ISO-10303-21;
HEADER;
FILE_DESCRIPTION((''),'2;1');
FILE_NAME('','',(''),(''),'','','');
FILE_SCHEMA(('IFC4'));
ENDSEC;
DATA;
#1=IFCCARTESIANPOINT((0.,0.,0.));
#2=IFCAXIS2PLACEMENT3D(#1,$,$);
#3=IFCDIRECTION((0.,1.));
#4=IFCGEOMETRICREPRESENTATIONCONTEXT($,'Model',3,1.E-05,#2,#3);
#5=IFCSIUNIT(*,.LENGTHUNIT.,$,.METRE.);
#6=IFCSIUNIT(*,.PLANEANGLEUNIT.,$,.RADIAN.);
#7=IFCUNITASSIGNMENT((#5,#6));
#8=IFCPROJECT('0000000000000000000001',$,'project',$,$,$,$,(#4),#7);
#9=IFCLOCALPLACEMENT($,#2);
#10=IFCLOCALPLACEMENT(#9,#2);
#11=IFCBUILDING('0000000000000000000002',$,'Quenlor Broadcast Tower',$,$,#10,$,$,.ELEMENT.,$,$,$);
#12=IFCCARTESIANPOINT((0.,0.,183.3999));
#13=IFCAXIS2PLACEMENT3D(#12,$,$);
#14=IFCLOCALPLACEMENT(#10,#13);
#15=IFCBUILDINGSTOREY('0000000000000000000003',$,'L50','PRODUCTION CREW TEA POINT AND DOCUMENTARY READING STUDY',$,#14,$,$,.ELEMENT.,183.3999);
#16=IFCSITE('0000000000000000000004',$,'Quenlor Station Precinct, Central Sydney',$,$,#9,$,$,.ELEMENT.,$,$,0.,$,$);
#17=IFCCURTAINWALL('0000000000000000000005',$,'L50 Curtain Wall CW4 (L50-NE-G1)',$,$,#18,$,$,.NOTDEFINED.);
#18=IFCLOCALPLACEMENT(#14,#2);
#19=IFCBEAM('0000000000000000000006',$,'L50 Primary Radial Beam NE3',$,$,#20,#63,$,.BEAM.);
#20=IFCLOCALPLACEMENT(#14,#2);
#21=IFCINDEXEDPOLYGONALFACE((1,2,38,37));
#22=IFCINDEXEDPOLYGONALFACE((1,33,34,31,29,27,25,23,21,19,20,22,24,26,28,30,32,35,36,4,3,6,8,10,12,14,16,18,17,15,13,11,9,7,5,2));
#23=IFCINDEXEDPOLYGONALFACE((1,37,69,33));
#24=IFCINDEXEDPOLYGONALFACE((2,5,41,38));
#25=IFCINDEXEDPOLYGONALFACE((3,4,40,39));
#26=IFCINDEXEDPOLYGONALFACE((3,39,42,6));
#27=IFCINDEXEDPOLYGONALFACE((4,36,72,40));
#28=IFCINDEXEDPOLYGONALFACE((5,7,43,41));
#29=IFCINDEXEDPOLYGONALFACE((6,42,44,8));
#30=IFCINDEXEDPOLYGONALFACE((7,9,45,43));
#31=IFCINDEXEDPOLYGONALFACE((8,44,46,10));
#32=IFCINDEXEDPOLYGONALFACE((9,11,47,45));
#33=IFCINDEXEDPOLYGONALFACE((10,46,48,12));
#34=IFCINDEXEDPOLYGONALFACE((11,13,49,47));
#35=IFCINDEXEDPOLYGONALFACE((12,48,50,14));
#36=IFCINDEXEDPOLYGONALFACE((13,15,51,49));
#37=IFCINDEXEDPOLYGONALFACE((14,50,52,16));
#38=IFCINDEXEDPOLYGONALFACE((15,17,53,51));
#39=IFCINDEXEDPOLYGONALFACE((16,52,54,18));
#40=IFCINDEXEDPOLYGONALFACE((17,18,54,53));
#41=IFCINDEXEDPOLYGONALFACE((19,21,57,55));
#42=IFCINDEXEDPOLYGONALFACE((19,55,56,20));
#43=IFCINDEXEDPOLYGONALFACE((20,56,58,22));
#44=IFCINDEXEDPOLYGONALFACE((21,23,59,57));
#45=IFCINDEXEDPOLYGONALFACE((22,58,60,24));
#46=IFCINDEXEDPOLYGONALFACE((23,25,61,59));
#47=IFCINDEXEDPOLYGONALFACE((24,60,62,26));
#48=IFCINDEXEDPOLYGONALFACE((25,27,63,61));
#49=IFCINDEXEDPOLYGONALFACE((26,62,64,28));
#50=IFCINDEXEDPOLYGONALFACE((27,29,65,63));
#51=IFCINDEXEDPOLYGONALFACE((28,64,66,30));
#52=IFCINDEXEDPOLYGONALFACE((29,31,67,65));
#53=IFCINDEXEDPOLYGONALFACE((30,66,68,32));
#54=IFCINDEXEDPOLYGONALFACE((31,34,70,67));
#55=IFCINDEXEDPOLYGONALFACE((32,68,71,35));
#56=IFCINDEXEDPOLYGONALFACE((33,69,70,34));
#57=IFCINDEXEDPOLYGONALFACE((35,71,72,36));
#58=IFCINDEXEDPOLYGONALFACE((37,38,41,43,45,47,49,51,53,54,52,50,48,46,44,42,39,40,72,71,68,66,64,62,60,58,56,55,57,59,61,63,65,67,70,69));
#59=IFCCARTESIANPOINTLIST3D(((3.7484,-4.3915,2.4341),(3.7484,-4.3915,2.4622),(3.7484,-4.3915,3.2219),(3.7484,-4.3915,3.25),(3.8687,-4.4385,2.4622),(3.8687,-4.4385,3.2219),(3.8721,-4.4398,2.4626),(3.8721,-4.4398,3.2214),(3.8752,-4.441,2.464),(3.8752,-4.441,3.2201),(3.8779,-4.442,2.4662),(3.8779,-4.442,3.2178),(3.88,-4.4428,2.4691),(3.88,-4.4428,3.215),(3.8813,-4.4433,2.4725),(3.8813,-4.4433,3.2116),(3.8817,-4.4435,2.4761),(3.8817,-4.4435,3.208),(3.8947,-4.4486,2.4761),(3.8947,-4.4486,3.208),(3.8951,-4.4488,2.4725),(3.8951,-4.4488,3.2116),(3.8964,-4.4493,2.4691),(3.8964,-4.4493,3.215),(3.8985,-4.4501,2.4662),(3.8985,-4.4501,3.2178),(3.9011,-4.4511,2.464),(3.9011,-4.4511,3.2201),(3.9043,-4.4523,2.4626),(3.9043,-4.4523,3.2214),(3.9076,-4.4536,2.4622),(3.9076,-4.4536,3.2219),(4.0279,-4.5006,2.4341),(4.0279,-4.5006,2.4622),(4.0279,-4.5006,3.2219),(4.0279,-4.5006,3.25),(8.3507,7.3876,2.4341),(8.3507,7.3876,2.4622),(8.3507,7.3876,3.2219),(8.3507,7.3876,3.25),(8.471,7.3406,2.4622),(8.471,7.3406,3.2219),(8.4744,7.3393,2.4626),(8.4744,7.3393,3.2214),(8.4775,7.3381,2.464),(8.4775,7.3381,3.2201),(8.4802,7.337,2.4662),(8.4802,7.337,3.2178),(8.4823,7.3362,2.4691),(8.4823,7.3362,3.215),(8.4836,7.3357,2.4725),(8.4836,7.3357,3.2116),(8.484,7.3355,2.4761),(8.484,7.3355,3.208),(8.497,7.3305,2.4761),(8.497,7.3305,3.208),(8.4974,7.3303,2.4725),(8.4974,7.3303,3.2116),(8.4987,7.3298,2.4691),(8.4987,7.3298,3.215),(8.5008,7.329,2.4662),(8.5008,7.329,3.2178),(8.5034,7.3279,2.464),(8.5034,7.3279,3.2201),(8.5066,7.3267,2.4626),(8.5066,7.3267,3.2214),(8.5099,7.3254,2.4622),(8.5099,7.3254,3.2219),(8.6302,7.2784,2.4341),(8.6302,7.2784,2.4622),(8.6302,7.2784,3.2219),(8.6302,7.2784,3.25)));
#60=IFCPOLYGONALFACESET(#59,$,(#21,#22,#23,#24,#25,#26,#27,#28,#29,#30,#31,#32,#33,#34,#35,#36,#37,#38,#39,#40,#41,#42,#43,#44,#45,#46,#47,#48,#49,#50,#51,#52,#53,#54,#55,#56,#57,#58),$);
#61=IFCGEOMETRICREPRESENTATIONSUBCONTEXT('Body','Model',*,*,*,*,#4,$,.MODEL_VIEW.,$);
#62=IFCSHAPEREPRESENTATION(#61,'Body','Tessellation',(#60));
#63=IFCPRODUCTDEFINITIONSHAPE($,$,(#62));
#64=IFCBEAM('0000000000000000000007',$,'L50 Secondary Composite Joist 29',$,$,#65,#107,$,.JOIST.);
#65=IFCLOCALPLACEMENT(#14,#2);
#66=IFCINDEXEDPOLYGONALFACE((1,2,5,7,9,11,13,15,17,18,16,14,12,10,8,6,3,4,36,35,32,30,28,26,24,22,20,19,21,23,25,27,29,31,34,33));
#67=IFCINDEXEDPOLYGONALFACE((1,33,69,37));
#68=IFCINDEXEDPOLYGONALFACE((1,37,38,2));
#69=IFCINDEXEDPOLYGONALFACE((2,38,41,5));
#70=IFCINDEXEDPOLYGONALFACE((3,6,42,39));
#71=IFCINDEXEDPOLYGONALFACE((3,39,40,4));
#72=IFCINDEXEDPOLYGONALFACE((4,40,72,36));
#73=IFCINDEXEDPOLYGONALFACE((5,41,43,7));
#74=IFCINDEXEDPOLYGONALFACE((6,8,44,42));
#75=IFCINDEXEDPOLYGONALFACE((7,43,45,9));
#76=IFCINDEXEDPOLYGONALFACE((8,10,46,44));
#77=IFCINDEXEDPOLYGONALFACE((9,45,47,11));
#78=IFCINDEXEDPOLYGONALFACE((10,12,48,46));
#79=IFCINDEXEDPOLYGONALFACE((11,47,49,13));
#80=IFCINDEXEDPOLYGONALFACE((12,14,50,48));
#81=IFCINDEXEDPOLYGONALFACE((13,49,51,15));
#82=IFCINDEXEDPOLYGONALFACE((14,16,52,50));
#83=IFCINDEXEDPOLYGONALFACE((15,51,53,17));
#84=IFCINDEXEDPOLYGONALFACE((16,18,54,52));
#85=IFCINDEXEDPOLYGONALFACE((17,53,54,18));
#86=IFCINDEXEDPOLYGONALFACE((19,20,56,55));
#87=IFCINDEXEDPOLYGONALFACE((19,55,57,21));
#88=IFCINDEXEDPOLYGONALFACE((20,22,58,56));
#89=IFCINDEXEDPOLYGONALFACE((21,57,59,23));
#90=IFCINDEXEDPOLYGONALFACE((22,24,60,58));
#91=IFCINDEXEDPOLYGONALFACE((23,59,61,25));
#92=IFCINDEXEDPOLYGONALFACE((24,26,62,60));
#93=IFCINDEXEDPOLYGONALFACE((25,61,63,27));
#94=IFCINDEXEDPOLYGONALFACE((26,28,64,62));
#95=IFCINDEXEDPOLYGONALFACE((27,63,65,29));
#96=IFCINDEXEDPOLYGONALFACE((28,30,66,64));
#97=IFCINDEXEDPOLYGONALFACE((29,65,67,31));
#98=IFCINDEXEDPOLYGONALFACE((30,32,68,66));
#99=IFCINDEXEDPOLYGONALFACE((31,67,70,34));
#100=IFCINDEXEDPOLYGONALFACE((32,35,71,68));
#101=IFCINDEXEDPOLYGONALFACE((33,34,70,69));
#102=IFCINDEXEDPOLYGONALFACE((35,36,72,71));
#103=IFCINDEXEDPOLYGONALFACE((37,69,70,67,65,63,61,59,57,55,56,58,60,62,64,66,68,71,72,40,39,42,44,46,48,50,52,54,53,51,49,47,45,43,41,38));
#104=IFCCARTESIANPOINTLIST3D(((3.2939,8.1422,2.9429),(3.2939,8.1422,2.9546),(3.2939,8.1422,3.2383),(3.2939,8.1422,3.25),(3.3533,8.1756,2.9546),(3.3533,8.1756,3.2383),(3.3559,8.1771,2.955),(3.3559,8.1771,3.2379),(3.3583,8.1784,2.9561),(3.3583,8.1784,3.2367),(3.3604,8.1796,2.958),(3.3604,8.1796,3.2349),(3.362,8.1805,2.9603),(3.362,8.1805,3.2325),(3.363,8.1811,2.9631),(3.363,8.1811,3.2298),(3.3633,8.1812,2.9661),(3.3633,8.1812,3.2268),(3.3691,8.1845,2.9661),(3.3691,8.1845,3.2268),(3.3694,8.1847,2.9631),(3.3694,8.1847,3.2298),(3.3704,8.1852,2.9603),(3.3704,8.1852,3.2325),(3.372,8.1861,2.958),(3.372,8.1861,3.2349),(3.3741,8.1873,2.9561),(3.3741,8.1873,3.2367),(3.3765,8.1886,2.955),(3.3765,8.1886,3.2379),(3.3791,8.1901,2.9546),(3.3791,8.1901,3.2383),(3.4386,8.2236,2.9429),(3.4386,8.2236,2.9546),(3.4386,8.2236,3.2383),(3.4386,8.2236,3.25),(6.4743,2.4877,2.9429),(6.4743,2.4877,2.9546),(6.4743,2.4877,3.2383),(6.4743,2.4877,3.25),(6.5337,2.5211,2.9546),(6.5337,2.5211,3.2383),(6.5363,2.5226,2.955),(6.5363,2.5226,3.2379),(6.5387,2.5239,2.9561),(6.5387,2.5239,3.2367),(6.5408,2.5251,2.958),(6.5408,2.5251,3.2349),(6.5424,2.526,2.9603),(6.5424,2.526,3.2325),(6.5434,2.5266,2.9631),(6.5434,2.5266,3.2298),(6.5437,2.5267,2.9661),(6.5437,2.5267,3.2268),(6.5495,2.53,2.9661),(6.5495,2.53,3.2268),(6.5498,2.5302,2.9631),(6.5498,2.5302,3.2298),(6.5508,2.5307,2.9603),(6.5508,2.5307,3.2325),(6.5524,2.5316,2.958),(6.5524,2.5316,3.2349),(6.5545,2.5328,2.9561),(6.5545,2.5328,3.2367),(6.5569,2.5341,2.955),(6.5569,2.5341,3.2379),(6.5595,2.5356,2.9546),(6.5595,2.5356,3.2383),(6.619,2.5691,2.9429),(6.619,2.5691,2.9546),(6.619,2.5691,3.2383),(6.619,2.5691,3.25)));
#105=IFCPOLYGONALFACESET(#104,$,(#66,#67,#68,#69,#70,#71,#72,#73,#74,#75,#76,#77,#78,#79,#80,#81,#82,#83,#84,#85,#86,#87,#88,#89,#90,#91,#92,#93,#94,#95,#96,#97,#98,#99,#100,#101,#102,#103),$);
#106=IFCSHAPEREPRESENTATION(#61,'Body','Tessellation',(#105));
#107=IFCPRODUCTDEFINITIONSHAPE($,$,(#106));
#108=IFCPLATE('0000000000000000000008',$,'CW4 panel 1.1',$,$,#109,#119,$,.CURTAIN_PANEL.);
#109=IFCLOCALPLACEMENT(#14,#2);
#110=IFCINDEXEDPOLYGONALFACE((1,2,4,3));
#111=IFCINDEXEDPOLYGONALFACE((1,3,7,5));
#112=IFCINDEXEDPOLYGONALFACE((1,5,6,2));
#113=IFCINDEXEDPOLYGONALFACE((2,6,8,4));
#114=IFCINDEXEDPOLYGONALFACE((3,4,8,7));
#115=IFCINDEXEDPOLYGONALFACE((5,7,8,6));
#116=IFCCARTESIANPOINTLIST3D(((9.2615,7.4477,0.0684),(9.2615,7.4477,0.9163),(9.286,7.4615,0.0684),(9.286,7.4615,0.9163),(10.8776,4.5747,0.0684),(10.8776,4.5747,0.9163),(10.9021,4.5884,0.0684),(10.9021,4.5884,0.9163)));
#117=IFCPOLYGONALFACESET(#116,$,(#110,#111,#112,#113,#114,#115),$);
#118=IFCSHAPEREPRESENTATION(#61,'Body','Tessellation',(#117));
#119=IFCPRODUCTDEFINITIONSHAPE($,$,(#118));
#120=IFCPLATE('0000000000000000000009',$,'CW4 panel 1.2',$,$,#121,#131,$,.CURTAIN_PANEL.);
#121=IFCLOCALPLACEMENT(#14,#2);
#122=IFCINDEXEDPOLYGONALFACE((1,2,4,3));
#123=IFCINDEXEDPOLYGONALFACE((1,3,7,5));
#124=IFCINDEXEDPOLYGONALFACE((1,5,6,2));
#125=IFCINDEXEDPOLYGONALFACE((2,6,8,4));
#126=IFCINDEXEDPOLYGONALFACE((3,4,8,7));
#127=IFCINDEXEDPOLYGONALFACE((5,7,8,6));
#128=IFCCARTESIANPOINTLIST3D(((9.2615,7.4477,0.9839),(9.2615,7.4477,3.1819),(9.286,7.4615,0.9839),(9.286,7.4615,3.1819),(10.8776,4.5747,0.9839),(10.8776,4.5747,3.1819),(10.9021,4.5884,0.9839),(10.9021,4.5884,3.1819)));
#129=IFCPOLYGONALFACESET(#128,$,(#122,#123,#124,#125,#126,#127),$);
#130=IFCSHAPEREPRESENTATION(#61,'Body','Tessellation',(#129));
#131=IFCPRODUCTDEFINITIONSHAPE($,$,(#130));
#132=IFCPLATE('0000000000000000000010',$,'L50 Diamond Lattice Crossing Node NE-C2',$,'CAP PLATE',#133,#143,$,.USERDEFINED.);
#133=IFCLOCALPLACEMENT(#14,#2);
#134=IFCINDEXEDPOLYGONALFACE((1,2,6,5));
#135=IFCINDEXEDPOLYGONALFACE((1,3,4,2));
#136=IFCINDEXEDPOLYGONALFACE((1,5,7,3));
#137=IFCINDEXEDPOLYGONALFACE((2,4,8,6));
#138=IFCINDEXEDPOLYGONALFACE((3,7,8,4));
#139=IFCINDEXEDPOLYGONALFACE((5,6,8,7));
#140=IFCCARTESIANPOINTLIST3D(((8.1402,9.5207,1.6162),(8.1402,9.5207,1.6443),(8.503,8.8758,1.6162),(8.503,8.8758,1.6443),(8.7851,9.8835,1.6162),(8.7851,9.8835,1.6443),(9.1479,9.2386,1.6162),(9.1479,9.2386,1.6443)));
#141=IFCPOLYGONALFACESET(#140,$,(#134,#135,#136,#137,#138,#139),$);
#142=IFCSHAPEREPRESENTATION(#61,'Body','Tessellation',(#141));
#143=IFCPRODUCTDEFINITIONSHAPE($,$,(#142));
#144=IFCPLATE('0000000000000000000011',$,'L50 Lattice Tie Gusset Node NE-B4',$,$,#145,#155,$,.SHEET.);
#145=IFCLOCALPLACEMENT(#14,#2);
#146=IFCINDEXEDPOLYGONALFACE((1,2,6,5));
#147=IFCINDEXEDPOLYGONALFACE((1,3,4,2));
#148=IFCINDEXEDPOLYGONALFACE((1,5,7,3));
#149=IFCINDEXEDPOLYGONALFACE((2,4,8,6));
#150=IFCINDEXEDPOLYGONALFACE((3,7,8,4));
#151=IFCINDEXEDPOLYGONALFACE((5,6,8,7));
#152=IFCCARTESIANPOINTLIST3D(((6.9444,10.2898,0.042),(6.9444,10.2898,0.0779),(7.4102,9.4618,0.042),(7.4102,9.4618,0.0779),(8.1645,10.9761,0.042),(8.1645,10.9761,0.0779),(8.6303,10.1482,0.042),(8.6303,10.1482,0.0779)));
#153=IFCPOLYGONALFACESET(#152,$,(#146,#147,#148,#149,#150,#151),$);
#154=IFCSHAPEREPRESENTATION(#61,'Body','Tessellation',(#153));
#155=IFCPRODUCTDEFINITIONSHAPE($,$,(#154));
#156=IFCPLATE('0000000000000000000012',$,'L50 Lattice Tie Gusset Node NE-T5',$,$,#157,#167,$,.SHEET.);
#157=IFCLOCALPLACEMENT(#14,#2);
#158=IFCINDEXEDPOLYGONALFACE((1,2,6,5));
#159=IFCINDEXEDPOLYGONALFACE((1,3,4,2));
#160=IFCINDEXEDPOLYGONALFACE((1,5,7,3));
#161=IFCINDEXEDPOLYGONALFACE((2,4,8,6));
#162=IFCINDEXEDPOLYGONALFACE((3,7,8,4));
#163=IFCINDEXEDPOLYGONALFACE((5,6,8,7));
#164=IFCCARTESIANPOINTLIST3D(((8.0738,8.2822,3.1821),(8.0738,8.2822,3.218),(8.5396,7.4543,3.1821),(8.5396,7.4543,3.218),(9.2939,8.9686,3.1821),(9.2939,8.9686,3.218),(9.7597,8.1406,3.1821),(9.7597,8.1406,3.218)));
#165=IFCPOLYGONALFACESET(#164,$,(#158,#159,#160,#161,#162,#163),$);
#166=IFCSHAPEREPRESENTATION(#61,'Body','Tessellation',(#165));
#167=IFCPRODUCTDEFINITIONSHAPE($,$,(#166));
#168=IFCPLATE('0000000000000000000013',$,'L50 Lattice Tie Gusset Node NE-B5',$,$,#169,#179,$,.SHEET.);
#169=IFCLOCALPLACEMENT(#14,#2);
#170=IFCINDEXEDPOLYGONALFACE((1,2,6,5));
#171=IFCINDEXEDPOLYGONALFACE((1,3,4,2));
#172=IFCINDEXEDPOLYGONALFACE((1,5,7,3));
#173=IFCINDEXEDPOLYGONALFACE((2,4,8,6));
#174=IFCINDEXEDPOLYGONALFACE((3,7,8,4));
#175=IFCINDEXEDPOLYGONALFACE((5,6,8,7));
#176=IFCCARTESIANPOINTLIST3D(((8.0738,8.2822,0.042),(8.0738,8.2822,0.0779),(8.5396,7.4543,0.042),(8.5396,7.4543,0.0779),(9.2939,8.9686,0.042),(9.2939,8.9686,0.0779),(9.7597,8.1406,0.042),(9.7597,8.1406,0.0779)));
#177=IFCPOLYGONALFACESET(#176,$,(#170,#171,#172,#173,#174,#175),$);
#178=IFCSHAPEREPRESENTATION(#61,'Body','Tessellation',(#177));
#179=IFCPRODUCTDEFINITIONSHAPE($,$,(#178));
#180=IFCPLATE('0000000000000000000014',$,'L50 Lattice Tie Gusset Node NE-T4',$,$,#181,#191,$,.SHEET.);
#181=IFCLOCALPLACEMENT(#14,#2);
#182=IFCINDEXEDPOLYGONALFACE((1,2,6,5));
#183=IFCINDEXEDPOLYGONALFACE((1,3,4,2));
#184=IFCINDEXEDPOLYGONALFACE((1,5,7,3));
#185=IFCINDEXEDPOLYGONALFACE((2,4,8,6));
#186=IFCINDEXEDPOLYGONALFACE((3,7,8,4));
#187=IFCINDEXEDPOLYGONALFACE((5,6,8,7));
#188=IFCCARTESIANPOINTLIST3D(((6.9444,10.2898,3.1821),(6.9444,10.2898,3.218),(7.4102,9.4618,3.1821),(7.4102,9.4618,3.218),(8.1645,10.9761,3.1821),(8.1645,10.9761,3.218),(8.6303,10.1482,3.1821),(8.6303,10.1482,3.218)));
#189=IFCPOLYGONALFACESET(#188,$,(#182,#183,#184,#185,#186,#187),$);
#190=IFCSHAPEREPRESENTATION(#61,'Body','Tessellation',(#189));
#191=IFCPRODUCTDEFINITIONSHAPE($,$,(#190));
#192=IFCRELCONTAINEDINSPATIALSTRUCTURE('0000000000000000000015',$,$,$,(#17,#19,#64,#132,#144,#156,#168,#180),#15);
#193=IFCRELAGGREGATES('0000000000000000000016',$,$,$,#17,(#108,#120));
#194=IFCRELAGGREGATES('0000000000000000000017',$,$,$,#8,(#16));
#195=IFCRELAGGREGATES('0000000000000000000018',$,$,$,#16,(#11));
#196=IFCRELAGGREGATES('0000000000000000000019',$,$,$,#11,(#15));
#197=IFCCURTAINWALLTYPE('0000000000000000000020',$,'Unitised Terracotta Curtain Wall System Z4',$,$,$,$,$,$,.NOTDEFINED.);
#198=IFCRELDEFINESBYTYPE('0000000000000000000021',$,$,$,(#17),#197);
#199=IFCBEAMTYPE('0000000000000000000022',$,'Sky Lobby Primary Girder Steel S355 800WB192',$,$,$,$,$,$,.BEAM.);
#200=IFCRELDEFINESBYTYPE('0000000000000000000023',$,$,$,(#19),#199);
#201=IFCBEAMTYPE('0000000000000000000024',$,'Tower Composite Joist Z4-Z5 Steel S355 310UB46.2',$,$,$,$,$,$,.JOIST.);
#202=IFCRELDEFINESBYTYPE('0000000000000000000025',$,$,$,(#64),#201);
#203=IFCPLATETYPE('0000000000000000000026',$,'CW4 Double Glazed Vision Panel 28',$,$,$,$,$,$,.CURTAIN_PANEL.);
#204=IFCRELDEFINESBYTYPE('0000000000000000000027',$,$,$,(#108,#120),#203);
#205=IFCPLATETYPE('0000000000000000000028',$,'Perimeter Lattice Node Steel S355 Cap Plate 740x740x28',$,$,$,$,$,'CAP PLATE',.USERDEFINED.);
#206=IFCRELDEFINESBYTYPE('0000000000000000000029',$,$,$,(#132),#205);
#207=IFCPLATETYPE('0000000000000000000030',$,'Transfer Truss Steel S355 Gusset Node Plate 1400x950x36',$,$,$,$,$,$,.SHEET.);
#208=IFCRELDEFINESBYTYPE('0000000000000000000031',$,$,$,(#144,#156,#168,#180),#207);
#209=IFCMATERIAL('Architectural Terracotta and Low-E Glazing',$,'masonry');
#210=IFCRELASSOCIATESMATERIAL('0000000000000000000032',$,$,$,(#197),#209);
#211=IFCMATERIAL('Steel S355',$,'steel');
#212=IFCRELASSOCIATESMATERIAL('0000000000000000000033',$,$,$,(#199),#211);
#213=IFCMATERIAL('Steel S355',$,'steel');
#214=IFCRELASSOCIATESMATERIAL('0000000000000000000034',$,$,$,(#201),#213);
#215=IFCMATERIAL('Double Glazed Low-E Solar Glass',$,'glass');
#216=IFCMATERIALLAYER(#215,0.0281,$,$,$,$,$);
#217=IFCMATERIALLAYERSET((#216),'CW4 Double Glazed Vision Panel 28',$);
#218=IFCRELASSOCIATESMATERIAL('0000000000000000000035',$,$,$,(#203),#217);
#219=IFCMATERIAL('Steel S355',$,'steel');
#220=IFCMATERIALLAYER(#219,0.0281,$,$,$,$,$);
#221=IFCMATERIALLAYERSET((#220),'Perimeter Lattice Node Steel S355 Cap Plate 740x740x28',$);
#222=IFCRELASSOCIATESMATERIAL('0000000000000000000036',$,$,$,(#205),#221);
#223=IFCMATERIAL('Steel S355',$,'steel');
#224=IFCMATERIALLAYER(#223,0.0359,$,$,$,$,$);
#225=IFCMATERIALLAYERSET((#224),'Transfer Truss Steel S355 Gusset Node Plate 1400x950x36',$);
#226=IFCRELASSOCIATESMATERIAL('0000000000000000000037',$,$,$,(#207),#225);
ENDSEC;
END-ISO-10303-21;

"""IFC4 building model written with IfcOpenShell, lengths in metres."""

from ifc_helpers import new_model, si_unit, direction, frame, origin, origin_2d, place, context, subcontext, project, spatial, rectangle, i_section, extrude, material, layer, layer_set, material_profile, profile_set, type_object, element, aggregate, save


model = new_model("IFC4")

# Units and contexts
model_context = context("Model", 3, precision=1e-05, world=origin(), true_north=direction((0.0, 1.0)))
body_context = subcontext(model_context, "Body", "Model", "MODEL_VIEW")
ifc_project = project(units=[si_unit("LENGTHUNIT", "METRE"), si_unit("PLANEANGLEUNIT", "RADIAN")], contexts=[model_context])

# Site, building, storey
site_placement = place(None, origin())
site = spatial("IfcSite", under=ifc_project, at=site_placement, Name="Quenlor Station Precinct, Central Sydney", CompositionType="ELEMENT", RefElevation=0.0)
building_placement = place(site_placement, origin())
building = spatial("IfcBuilding", under=site, at=building_placement, Name="Quenlor Broadcast Tower", CompositionType="ELEMENT")
storey_placement = place(building_placement, frame((0.0, 0.0, 183.3999)))
storey = spatial("IfcBuildingStorey", under=building, at=storey_placement, Name="L50", Description="PRODUCTION CREW TEA POINT AND DOCUMENTARY READING STUDY", CompositionType="ELEMENT", Elevation=183.3999)

# Shared definitions
ifc_material_1 = material(Name="Architectural Terracotta and Low-E Glazing", Category="masonry")
curtain_wall_type = type_object("IfcCurtainWallType", Name="Unitised Terracotta Curtain Wall System Z4", PredefinedType="NOTDEFINED", material=ifc_material_1)

# Curtain wall
curtain_wall_1_placement = place(storey_placement, origin())
curtain_wall_1 = element("IfcCurtainWall", 1, at=curtain_wall_1_placement, inside=storey, type_object=curtain_wall_type, Name="L50 Curtain Wall CW4 (L50-NE-G1)", PredefinedType="NOTDEFINED")

# Beams
ifc_material_2 = material(Name="Steel S355", Category="steel")
ifc_material_profile_1 = material_profile(ifc_material_2, i_section(OverallWidth=0.3, OverallDepth=0.8159, WebThickness=0.0139, FlangeThickness=0.0281, FilletRadius=0.0139, at=origin_2d()))
ifc_profile_set_1 = profile_set([ifc_material_profile_1], Name="Steel S355 800WB192")
beam_type_1 = type_object("IfcBeamType", Name="Sky Lobby Primary Girder Steel S355 800WB192", PredefinedType="BEAM", material=ifc_profile_set_1)
beam_1_placement = place(storey_placement, frame((8.4905, 7.333, 2.842), z_axis=(-0.363926, -0.931428, 0.0), x_axis=(0.931428, -0.363926, 0.0)))
element("IfcBeam", 2, at=beam_1_placement, inside=storey, type_object=beam_type_1, Name="L50 Primary Radial Beam NE3", PredefinedType="BEAM", context=body_context, shape_type="SweptSolid", body=[
    extrude(i_section(OverallWidth=0.3, OverallDepth=0.8159, WebThickness=0.0139, FlangeThickness=0.0281, FilletRadius=0.0139, at=origin_2d()), origin(), (0.0, 0.0, 1.0), 12.6462),
])
ifc_material_3 = material(Name="Steel S355", Category="steel")
ifc_material_profile_2 = material_profile(ifc_material_3, i_section(OverallWidth=0.166, OverallDepth=0.3071, WebThickness=0.0066, FlangeThickness=0.0117, FilletRadius=0.0115, at=origin_2d()))
ifc_profile_set_2 = profile_set([ifc_material_profile_2], Name="Steel S355 310UB46.2")
beam_type_2 = type_object("IfcBeamType", Name="Tower Composite Joist Z4-Z5 Steel S355 310UB46.2", PredefinedType="JOIST", material=ifc_profile_set_2)
beam_2_placement = place(storey_placement, frame((3.3662, 8.1829, 3.0964), z_axis=(0.490231, -0.871593, 0.0), x_axis=(0.871593, 0.490231, 0.0)))
element("IfcBeam", 3, at=beam_2_placement, inside=storey, type_object=beam_type_2, Name="L50 Secondary Composite Joist 29", PredefinedType="JOIST", context=body_context, shape_type="SweptSolid", body=[
    extrude(i_section(OverallWidth=0.166, OverallDepth=0.3071, WebThickness=0.0066, FlangeThickness=0.0117, FilletRadius=0.0115, at=origin_2d()), origin(), (0.0, 0.0, 1.0), 6.4875),
])

# Plates
ifc_material_4 = material(Name="Double Glazed Low-E Solar Glass", Category="glass")
ifc_layer_1 = layer(ifc_material_4, 0.0281)
ifc_layer_set_1 = layer_set([ifc_layer_1], Name="CW4 Double Glazed Vision Panel 28")
plate_type_1 = type_object("IfcPlateType", Name="CW4 Double Glazed Vision Panel 28", PredefinedType="CURTAIN_PANEL", material=ifc_layer_set_1)
plate_1_placement = place(storey_placement, frame((10.0818, 6.0181, 0.0684), z_axis=(0.0, 0.0, 1.0), x_axis=(0.490257, -0.871578, 0.0)))
plate_1 = element("IfcPlate", 4, at=plate_1_placement, type_object=plate_type_1, Name="CW4 panel 1.1", PredefinedType="CURTAIN_PANEL", context=body_context, shape_type="SweptSolid", body=[
    extrude(rectangle(XDim=3.2964, YDim=0.0281, at=origin_2d()), origin(), (0.0, 0.0, 1.0), 0.8479),
])
plate_2_placement = place(storey_placement, frame((10.0818, 6.0181, 0.9839), z_axis=(0.0, 0.0, 1.0), x_axis=(0.490257, -0.871578, 0.0)))
plate_2 = element("IfcPlate", 5, at=plate_2_placement, type_object=plate_type_1, Name="CW4 panel 1.2", PredefinedType="CURTAIN_PANEL", context=body_context, shape_type="SweptSolid", body=[
    extrude(rectangle(XDim=3.2964, YDim=0.0281, at=origin_2d()), origin(), (0.0, 0.0, 1.0), 2.198),
])
aggregate(curtain_wall_1, [plate_1, plate_2])

# Plates
ifc_material_5 = material(Name="Steel S355", Category="steel")
ifc_layer_2 = layer(ifc_material_5, 0.0281)
ifc_layer_set_2 = layer_set([ifc_layer_2], Name="Perimeter Lattice Node Steel S355 Cap Plate 740x740x28")
plate_type_2 = type_object("IfcPlateType", Name="Perimeter Lattice Node Steel S355 Cap Plate 740x740x28", ElementType="CAP PLATE", PredefinedType="USERDEFINED", material=ifc_layer_set_2)
plate_3_placement = place(storey_placement, frame((8.644, 9.3796, 1.6162), z_axis=(0.0, 0.0, 1.0), x_axis=(0.490295, -0.871556, 0.0)))
element("IfcPlate", 6, at=plate_3_placement, inside=storey, type_object=plate_type_2, Name="L50 Diamond Lattice Crossing Node NE-C2", ObjectType="CAP PLATE", PredefinedType="USERDEFINED", context=body_context, shape_type="SweptSolid", body=[
    extrude(rectangle(XDim=0.74, YDim=0.74, at=origin_2d()), origin(), (0.0, 0.0, 1.0), 0.0281),
])
ifc_material_6 = material(Name="Steel S355", Category="steel")
ifc_layer_3 = layer(ifc_material_6, 0.0359)
ifc_layer_set_3 = layer_set([ifc_layer_3], Name="Transfer Truss Steel S355 Gusset Node Plate 1400x950x36")
plate_type_3 = type_object("IfcPlateType", Name="Transfer Truss Steel S355 Gusset Node Plate 1400x950x36", PredefinedType="SHEET", material=ifc_layer_set_3)
for number, where, z_axis, x_axis, name in (
    (7, (7.7874, 10.219, 0.042), (0.0, 0.0, 1.0), (0.871556, 0.490295, 0.0), "L50 Lattice Tie Gusset Node NE-B4"),
    (8, (8.9167, 8.2114, 3.1821), (0.0, 0.0, 1.0), (0.871556, 0.490295, 0.0), "L50 Lattice Tie Gusset Node NE-T5"),
    (9, (8.9167, 8.2114, 0.042), (0.0, 0.0, 1.0), (0.871556, 0.490295, 0.0), "L50 Lattice Tie Gusset Node NE-B5"),
    (10, (7.7874, 10.219, 3.1821), (0.0, 0.0, 1.0), (0.871556, 0.490295, 0.0), "L50 Lattice Tie Gusset Node NE-T4"),
):
    element("IfcPlate", number, at=place(storey_placement, frame(where, z_axis=z_axis, x_axis=x_axis)), inside=storey, type_object=plate_type_3, Name=name, PredefinedType="SHEET", context=body_context, shape_type="SweptSolid", body=[
        extrude(rectangle(XDim=1.3999, YDim=0.95, at=origin_2d()), origin(), (0.0, 0.0, 1.0), 0.0359),
    ])

save(model, "model.ifc")
